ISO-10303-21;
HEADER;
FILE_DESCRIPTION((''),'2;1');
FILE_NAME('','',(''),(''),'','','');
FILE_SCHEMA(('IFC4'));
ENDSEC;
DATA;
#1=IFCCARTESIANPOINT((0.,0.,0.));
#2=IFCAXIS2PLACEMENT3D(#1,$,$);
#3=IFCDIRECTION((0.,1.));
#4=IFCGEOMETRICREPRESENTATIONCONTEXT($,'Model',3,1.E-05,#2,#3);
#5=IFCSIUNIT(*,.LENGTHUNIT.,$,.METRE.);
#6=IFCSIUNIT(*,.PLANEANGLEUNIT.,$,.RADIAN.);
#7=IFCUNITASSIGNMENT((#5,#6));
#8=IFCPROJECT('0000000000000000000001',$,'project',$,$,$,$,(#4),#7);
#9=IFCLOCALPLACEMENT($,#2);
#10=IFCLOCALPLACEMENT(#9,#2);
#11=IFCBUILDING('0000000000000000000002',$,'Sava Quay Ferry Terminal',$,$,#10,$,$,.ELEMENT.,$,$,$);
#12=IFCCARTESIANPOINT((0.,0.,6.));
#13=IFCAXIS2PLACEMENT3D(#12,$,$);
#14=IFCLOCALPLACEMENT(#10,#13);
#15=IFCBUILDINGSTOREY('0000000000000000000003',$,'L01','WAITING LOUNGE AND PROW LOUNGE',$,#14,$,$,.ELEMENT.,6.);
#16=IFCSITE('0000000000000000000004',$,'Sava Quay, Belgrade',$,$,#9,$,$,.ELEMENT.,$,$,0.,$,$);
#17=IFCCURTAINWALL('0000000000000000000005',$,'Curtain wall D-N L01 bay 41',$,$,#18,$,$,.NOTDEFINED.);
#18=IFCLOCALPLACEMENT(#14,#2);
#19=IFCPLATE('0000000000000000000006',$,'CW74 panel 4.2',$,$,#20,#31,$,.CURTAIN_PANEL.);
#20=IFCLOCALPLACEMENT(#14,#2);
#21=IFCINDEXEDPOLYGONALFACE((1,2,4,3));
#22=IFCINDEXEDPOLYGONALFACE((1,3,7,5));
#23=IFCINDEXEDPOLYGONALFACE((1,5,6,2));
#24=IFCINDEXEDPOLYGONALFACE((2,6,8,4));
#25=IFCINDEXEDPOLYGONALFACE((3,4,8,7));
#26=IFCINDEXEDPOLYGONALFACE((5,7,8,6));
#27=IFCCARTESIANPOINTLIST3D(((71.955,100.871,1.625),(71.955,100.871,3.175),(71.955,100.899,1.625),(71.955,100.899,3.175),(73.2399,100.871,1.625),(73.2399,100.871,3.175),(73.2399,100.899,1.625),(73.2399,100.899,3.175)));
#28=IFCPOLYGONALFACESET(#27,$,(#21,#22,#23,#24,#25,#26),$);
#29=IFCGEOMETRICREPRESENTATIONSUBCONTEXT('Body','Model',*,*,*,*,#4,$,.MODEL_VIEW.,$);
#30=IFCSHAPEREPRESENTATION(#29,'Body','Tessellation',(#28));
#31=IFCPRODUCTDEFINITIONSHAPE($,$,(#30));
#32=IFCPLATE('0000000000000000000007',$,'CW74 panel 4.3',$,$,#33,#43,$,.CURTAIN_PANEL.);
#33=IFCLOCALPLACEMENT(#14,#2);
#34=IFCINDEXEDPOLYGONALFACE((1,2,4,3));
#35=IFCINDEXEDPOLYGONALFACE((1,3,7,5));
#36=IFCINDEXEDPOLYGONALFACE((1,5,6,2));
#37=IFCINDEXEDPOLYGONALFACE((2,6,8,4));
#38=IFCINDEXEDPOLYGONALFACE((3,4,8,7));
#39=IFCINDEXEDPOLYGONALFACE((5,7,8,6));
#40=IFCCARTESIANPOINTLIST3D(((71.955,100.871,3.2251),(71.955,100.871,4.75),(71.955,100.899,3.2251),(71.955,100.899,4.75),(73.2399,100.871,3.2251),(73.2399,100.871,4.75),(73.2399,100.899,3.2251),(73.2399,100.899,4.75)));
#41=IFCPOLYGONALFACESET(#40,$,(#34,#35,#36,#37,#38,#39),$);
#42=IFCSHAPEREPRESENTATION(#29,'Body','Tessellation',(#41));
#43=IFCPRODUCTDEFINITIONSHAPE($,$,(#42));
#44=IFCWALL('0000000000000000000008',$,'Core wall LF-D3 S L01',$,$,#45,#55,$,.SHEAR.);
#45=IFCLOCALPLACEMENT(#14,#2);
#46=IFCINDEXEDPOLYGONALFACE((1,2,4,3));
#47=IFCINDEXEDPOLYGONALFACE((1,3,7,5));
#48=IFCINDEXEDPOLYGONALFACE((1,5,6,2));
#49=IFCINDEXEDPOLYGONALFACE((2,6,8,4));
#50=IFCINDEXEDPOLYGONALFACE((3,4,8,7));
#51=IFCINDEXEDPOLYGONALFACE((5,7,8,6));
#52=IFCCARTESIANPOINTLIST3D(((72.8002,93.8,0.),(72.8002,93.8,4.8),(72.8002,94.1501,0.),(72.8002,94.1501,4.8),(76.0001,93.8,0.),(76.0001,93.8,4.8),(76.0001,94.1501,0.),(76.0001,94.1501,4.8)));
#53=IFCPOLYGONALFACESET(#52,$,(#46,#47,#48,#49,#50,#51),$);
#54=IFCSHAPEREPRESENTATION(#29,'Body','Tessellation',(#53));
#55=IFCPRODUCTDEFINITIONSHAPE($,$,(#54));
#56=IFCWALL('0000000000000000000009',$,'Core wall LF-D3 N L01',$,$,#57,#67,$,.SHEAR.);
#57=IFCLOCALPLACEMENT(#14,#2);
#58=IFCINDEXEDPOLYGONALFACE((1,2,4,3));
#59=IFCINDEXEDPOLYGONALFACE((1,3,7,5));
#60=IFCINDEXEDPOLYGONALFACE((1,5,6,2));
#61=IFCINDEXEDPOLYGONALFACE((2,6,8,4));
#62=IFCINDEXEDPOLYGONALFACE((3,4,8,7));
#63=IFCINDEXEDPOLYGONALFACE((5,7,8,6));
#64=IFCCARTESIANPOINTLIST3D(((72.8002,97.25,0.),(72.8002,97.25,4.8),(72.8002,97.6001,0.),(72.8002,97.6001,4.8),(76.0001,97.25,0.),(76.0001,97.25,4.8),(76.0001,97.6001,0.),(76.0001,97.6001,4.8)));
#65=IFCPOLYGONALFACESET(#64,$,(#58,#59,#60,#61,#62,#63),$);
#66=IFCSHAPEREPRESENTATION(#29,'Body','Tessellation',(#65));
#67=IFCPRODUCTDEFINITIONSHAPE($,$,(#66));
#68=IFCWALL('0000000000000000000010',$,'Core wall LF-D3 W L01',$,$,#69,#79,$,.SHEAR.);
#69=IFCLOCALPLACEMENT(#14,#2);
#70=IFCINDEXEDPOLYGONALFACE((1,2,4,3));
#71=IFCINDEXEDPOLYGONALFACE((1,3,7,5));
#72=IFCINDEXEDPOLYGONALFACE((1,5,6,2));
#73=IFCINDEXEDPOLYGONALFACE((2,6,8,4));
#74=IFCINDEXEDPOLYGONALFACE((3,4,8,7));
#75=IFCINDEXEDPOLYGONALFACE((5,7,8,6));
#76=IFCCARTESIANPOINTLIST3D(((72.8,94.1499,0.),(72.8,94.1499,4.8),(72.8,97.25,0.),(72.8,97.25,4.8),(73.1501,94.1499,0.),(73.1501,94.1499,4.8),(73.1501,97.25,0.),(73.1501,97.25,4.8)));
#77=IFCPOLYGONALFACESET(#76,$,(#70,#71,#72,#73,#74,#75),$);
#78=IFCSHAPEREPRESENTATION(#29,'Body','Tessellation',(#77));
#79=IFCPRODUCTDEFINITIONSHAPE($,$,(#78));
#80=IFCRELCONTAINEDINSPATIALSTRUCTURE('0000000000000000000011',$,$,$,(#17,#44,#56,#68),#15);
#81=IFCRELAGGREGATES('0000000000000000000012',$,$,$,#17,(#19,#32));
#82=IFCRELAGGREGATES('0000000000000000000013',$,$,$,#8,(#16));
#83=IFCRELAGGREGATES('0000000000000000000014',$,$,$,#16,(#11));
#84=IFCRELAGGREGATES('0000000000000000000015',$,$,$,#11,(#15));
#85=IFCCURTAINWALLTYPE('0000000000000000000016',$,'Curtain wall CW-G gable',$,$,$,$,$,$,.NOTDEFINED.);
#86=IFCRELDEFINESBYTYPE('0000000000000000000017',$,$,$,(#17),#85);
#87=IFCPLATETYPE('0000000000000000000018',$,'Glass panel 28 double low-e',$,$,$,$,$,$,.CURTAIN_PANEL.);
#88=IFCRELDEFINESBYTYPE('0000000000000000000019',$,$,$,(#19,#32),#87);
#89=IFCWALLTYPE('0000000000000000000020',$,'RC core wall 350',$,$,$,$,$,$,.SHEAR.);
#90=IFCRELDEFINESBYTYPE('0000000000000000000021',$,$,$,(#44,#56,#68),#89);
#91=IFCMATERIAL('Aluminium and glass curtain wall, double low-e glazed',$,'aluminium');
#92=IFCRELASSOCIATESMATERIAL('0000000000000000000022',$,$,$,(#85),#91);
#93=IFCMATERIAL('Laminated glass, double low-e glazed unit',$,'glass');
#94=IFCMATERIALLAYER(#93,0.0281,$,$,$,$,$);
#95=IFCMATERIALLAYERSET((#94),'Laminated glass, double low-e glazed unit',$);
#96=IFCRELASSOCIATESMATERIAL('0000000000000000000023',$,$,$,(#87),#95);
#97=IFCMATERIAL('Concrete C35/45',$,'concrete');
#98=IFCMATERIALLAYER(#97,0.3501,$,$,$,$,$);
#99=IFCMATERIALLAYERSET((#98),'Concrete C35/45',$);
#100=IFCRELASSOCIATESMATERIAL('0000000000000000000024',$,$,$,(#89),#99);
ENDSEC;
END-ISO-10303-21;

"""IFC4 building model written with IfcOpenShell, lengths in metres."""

from ifc_helpers import new_model, si_unit, direction, frame, frame_2d, origin, origin_2d, place, context, subcontext, project, spatial, rectangle, extrude, material, layer, layer_set, type_object, element, aggregate, save


model = new_model("IFC4")

# Units and contexts
model_context = context("Model", 3, precision=1e-05, world=origin(), true_north=direction((0.0, 1.0)))
body_context = subcontext(model_context, "Body", "Model", "MODEL_VIEW")
ifc_project = project(units=[si_unit("LENGTHUNIT", "METRE"), si_unit("PLANEANGLEUNIT", "RADIAN")], contexts=[model_context])

# Site, building, storey
site_placement = place(None, origin())
site = spatial("IfcSite", under=ifc_project, at=site_placement, Name="Sava Quay, Belgrade", CompositionType="ELEMENT", RefElevation=0.0)
building_placement = place(site_placement, origin())
building = spatial("IfcBuilding", under=site, at=building_placement, Name="Sava Quay Ferry Terminal", CompositionType="ELEMENT")
storey_placement = place(building_placement, frame((0.0, 0.0, 6.0)))
storey = spatial("IfcBuildingStorey", under=building, at=storey_placement, Name="L01", Description="WAITING LOUNGE AND PROW LOUNGE", CompositionType="ELEMENT", Elevation=6.0)

# Curtain wall, plates
ifc_material_1 = material(Name="Aluminium and glass curtain wall, double low-e glazed", Category="aluminium")
curtain_wall_type = type_object("IfcCurtainWallType", Name="Curtain wall CW-G gable", PredefinedType="NOTDEFINED", material=ifc_material_1)
curtain_wall_placement = place(storey_placement, origin())
curtain_wall = element("IfcCurtainWall", 1, at=curtain_wall_placement, inside=storey, type_object=curtain_wall_type, Name="Curtain wall D-N L01 bay 41", PredefinedType="NOTDEFINED")
ifc_material_2 = material(Name="Laminated glass, double low-e glazed unit", Category="glass")
ifc_layer_1 = layer(ifc_material_2, 0.0281)
ifc_layer_set_1 = layer_set([ifc_layer_1], Name="Laminated glass, double low-e glazed unit")
plate_type = type_object("IfcPlateType", Name="Glass panel 28 double low-e", PredefinedType="CURTAIN_PANEL", material=ifc_layer_set_1)
plate_1_placement = place(storey_placement, frame((72.5974, 100.885, 1.625), z_axis=(0.0, 0.0, 1.0), x_axis=(1.0, 0.0, 0.0)))
plate_1 = element("IfcPlate", 2, at=plate_1_placement, type_object=plate_type, Name="CW74 panel 4.2", PredefinedType="CURTAIN_PANEL", context=body_context, shape_type="SweptSolid", body=[
    extrude(rectangle(XDim=1.2849, YDim=0.0281, at=origin_2d()), origin(), (0.0, 0.0, 1.0), 1.55),
])
plate_2_placement = place(storey_placement, frame((72.5974, 100.885, 3.2251), z_axis=(0.0, 0.0, 1.0), x_axis=(1.0, 0.0, 0.0)))
plate_2 = element("IfcPlate", 3, at=plate_2_placement, type_object=plate_type, Name="CW74 panel 4.3", PredefinedType="CURTAIN_PANEL", context=body_context, shape_type="SweptSolid", body=[
    extrude(rectangle(XDim=1.2849, YDim=0.0281, at=origin_2d()), origin(), (0.0, 0.0, 1.0), 1.5249),
])
aggregate(curtain_wall, [plate_1, plate_2])

# Walls
ifc_material_3 = material(Name="Concrete C35/45", Category="concrete")
ifc_layer_2 = layer(ifc_material_3, 0.3501)
ifc_layer_set_2 = layer_set([ifc_layer_2], Name="Concrete C35/45")
wall_type = type_object("IfcWallType", Name="RC core wall 350", PredefinedType="SHEAR", material=ifc_layer_set_2)
for number, where, z_axis, x_axis, name in (
    (4, (72.8, 93.9751, 0.0), (0.0, 0.0, 1.0), (1.0, 0.0, 0.0), "Core wall LF-D3 S L01"),
    (5, (72.8, 97.425, 0.0), (0.0, 0.0, 1.0), (1.0, 0.0, 0.0), "Core wall LF-D3 N L01"),
):
    element("IfcWall", number, at=place(storey_placement, frame(where, z_axis=z_axis, x_axis=x_axis)), inside=storey, type_object=wall_type, Name=name, PredefinedType="SHEAR", context=body_context, shape_type="SweptSolid", body=[
        extrude(rectangle(XDim=3.2, YDim=0.3501, at=frame_2d((1.6001, 0.0))), origin(), (0.0, 0.0, 1.0), 4.8),
    ])
wall_placement = place(storey_placement, frame((72.9751, 94.1499, 0.0), z_axis=(0.0, 0.0, 1.0), x_axis=(0.0, 1.0, 0.0)))
element("IfcWall", 6, at=wall_placement, inside=storey, type_object=wall_type, Name="Core wall LF-D3 W L01", PredefinedType="SHEAR", context=body_context, shape_type="SweptSolid", body=[
    extrude(rectangle(XDim=3.1001, YDim=0.3501, at=frame_2d((1.55, 0.0))), origin(), (0.0, 0.0, 1.0), 4.8),
])

save(model, "model.ifc")
